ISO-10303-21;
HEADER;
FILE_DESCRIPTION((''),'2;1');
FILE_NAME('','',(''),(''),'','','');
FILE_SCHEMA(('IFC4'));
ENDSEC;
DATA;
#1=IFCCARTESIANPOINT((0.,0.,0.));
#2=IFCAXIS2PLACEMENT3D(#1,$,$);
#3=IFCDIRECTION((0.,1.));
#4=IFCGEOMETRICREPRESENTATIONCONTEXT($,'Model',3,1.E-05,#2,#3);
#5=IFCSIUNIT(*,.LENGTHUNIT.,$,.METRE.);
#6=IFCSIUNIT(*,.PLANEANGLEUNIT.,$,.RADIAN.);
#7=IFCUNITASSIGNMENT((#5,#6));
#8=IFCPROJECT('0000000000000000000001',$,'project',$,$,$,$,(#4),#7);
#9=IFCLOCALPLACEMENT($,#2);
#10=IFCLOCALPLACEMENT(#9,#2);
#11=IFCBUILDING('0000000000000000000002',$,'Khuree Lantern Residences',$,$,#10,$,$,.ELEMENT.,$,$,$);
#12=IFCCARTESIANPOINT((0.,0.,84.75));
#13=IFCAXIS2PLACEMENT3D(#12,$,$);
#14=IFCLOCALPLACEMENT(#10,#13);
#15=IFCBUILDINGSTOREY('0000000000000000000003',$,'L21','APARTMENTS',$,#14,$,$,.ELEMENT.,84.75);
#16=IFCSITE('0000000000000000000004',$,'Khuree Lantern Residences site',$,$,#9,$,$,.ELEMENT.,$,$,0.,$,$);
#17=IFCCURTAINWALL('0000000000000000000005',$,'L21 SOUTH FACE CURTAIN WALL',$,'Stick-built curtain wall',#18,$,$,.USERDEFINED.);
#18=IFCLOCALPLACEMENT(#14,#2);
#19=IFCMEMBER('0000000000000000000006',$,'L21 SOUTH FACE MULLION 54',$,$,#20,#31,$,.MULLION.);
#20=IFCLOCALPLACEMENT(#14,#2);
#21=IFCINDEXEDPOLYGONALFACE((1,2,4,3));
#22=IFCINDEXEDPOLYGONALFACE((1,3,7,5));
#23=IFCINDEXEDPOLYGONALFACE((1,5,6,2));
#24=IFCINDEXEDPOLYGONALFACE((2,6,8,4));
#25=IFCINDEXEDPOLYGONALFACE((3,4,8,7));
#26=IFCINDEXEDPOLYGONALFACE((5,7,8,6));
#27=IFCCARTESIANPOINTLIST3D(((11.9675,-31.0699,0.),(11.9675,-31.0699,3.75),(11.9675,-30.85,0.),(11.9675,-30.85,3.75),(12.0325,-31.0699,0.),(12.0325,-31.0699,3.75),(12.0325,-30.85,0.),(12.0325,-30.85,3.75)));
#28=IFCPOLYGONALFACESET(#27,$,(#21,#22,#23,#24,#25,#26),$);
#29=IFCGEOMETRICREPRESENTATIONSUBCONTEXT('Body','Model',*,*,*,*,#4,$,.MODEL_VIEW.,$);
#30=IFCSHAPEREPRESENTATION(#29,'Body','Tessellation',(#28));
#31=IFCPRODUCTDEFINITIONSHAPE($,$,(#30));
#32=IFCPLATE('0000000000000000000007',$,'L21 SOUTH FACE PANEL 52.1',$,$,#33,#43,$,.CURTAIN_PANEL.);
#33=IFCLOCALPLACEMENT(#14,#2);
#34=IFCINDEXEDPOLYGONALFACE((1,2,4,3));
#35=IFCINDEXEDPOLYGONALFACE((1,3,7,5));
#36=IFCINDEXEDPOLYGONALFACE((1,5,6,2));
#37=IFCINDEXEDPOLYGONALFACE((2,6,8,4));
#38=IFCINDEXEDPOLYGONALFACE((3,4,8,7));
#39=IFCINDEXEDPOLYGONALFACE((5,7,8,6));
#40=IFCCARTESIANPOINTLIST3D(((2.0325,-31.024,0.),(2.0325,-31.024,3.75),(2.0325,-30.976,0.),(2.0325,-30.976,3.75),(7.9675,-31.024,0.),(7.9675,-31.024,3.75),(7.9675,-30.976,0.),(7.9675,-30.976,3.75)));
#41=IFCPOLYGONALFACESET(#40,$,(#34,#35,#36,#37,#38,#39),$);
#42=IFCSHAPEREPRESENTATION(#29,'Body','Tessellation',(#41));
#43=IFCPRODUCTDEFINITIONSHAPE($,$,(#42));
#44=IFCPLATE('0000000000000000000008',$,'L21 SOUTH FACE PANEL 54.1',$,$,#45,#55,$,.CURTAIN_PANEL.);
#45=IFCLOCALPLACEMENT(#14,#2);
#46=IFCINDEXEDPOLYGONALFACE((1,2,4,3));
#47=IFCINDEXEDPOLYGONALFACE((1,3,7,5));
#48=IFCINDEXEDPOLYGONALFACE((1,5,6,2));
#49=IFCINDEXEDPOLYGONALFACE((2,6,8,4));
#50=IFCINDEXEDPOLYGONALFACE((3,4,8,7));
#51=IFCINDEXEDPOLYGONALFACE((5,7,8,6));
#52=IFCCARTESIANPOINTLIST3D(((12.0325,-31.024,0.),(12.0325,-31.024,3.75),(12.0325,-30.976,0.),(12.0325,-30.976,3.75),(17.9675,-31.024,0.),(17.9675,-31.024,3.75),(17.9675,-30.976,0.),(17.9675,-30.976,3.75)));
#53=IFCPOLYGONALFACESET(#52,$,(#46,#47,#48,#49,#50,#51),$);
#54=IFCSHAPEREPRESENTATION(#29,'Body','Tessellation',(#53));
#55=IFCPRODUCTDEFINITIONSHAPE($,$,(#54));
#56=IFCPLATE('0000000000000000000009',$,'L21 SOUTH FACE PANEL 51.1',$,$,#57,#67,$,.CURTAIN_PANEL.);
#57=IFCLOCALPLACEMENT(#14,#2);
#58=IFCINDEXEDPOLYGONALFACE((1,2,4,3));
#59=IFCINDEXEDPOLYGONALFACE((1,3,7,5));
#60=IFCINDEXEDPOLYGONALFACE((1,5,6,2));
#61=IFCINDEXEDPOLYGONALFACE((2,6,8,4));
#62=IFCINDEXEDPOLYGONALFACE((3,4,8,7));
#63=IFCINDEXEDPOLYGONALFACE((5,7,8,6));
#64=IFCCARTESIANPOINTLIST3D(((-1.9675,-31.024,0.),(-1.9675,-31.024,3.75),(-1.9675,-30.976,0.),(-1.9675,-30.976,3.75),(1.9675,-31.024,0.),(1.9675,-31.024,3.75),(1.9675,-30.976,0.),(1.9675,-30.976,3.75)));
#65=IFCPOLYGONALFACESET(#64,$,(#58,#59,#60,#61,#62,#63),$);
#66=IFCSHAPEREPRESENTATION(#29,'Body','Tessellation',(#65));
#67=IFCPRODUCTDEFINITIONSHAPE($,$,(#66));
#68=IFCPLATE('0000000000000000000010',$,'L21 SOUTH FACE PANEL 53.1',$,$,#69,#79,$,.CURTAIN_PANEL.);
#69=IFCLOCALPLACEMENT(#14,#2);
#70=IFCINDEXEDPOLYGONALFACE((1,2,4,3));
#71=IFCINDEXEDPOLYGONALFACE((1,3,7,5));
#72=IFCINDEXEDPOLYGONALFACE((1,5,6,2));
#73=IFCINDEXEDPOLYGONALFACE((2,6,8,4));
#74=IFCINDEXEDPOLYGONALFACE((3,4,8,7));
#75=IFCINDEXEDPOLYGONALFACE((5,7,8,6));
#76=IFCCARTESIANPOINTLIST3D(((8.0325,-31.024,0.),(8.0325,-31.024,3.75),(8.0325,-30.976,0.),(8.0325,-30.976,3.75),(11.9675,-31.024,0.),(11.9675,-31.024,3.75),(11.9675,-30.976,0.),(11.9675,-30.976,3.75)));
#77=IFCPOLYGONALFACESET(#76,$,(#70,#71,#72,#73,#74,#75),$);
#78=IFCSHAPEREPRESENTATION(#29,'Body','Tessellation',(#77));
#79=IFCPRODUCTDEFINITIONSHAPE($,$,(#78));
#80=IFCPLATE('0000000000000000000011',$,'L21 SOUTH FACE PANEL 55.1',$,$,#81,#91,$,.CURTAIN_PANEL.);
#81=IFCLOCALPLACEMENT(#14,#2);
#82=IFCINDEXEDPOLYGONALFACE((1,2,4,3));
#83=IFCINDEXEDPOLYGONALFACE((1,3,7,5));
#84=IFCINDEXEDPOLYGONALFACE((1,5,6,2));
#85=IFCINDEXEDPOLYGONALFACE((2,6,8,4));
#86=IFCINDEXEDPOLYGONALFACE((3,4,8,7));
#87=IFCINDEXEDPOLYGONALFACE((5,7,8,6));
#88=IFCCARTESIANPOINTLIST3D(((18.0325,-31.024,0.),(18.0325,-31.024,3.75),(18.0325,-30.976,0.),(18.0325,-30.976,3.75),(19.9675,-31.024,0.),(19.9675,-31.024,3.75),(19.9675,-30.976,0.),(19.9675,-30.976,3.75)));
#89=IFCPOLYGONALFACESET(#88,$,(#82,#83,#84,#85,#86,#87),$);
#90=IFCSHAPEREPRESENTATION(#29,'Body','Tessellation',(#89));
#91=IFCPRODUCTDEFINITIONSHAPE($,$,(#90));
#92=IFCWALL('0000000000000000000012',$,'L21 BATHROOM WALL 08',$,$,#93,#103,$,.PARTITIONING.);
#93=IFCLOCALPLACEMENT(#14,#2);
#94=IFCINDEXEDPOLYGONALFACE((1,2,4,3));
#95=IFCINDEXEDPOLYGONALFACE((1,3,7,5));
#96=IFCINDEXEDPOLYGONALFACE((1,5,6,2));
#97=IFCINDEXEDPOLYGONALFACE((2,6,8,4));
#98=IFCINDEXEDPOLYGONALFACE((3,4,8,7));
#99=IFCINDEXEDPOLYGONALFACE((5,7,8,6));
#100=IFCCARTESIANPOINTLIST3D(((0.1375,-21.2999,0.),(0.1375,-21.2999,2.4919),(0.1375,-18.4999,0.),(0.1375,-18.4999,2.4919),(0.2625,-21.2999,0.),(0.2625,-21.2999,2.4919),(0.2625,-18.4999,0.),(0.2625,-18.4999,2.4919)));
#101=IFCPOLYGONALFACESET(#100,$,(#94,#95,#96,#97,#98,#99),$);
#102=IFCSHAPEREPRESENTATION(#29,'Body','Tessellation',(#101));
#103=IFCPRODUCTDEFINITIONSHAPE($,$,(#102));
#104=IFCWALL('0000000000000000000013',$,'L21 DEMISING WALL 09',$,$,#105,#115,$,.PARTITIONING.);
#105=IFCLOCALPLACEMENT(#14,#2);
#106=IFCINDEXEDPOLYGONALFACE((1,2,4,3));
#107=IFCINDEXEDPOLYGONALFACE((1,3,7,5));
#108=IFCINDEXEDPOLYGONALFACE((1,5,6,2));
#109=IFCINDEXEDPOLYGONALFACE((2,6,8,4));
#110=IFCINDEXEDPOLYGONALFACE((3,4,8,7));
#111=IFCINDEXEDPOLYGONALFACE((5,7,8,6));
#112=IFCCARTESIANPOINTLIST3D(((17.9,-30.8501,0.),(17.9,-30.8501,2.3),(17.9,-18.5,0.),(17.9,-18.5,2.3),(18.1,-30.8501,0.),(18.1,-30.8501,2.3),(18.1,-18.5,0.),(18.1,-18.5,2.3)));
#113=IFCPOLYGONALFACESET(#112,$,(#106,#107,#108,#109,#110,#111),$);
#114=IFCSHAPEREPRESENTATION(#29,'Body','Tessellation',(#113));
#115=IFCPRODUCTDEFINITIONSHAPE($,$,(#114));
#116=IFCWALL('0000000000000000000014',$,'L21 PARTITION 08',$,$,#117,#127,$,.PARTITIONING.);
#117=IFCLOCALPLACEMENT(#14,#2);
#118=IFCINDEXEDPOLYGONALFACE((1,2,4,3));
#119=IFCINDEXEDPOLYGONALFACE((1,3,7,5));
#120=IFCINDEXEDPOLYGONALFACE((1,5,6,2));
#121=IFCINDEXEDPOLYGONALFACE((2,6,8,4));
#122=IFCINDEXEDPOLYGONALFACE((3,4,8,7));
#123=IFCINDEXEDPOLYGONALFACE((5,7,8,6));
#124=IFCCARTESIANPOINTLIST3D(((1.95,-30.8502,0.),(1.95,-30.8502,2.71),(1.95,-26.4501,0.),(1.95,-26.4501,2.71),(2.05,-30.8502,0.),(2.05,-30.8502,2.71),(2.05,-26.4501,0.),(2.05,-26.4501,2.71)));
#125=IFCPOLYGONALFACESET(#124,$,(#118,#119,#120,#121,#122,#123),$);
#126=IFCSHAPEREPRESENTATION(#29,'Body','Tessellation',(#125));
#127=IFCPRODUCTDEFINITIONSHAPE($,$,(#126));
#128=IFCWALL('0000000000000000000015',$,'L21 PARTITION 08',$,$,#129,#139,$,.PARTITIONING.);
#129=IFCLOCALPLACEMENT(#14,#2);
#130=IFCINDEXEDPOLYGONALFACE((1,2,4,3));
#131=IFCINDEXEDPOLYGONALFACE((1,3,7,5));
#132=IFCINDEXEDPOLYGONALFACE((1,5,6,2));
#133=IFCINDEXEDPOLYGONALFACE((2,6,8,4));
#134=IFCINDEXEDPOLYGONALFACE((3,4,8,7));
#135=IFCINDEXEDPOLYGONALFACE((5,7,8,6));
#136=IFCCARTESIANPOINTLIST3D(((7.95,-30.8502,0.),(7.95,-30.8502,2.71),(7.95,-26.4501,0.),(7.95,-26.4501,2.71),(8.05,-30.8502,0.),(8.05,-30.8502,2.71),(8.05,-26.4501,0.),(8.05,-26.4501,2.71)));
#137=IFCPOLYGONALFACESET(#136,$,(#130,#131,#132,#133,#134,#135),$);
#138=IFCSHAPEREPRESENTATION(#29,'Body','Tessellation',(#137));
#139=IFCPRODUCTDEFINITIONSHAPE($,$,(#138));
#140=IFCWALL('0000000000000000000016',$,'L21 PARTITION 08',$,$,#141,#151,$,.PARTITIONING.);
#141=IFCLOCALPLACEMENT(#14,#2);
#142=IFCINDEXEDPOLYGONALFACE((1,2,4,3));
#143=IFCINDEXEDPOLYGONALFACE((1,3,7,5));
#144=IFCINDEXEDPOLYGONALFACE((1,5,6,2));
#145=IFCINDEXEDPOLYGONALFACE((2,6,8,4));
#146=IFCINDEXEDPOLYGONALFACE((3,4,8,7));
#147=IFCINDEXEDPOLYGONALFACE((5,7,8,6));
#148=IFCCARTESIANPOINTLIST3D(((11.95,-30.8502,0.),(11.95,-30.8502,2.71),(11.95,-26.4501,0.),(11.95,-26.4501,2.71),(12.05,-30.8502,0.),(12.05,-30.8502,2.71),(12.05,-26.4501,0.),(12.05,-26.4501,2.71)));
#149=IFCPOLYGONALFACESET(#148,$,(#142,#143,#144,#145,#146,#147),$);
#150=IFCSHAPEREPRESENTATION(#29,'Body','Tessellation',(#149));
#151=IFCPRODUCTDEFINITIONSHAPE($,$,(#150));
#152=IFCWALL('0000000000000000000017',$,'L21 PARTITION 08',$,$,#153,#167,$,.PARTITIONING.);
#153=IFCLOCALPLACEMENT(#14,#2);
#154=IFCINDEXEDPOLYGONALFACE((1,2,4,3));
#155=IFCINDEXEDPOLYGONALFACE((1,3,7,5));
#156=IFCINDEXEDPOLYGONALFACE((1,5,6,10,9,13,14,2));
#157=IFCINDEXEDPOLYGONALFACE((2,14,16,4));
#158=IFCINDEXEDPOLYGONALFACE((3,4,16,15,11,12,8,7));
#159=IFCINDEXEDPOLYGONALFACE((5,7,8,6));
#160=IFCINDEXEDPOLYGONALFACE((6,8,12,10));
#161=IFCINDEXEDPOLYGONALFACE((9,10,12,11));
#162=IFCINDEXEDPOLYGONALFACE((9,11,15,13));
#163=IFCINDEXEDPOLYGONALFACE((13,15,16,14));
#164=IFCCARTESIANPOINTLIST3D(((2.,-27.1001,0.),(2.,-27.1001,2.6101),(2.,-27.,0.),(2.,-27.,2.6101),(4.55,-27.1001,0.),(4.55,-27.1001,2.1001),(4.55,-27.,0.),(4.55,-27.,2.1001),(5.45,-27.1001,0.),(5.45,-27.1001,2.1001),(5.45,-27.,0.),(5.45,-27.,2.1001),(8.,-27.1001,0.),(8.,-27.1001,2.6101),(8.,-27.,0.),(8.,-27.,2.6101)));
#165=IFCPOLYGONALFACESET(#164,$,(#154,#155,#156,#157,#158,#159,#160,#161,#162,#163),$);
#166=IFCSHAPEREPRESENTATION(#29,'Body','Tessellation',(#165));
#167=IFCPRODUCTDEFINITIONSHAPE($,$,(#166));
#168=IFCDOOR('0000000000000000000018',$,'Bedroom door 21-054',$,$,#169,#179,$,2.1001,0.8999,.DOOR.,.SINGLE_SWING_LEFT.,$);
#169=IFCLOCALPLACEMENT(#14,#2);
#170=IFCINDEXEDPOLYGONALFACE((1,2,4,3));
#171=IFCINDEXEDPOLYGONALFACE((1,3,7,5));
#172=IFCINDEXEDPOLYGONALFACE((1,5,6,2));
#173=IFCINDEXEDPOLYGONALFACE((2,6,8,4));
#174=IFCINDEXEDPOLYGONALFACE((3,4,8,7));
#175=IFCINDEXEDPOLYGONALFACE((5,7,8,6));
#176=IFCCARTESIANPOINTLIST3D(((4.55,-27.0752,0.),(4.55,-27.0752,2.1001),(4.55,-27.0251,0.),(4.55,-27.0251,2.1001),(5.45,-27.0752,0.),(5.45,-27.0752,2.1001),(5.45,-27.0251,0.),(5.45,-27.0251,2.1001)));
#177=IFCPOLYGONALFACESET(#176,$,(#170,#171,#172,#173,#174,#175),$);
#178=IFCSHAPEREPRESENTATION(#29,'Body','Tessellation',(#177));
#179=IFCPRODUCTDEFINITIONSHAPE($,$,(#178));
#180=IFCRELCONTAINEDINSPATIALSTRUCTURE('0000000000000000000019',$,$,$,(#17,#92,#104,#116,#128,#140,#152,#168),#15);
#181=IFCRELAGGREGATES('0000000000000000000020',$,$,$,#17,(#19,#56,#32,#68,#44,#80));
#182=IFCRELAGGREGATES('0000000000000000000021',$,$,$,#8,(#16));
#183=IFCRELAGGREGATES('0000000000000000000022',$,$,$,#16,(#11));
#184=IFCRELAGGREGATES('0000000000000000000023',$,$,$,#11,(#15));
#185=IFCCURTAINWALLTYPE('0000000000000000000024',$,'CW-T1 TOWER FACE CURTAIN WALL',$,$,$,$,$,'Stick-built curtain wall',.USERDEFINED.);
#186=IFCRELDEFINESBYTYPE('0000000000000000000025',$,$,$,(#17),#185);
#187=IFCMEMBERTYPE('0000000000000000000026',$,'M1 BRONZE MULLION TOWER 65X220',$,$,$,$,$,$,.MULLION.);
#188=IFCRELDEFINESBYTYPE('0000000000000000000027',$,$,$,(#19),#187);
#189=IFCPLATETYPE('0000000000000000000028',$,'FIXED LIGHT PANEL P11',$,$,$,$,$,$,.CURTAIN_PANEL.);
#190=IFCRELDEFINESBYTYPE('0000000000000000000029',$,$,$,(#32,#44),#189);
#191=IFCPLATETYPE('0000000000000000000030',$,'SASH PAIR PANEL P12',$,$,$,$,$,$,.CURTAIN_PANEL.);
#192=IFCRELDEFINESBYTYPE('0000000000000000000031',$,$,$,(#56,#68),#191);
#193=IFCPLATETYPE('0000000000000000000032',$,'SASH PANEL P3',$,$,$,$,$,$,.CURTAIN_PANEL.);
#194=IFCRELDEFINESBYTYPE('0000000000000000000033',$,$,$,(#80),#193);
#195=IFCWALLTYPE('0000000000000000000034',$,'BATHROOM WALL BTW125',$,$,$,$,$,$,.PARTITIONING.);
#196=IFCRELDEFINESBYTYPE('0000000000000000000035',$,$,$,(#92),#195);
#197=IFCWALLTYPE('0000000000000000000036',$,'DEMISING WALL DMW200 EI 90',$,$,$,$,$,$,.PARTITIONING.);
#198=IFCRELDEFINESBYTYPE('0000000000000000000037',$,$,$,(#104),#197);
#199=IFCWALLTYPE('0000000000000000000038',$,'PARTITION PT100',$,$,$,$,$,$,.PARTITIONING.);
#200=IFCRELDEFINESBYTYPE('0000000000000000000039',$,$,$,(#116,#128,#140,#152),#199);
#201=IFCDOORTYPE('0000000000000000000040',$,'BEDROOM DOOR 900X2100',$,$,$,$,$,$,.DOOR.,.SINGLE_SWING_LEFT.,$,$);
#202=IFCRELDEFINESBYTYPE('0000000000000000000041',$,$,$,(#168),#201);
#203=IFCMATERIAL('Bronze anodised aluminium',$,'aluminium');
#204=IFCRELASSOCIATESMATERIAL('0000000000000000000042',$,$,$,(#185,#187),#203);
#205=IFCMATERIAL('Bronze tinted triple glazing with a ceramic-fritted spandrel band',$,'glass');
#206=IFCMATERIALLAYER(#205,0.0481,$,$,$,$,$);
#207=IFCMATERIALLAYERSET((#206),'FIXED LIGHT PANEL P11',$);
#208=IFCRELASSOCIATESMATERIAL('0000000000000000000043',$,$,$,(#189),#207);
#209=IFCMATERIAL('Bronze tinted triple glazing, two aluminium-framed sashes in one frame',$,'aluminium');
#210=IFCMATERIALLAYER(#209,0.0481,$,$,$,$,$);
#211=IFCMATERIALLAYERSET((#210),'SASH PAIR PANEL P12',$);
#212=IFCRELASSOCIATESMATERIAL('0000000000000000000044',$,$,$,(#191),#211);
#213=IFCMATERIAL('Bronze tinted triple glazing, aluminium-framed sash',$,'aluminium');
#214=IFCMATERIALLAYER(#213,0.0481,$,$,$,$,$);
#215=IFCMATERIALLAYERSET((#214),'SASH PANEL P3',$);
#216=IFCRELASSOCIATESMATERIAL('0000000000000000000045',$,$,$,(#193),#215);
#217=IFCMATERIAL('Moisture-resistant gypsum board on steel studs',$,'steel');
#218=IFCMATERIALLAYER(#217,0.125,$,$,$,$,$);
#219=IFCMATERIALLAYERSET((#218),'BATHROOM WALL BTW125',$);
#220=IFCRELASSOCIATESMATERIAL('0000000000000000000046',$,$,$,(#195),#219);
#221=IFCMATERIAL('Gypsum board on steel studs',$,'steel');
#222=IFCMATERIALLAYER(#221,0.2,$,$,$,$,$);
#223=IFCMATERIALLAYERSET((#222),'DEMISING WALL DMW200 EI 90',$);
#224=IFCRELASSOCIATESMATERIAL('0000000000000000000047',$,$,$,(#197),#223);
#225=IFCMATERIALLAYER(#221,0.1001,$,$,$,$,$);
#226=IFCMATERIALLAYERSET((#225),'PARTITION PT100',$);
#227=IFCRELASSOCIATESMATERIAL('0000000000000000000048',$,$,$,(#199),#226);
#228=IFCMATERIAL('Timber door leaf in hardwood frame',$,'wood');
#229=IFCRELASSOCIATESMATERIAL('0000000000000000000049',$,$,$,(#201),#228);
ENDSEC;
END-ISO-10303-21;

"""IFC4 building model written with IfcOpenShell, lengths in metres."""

from ifc_helpers import new_model, si_unit, direction, frame, frame_2d, origin, origin_2d, place, context, subcontext, project, spatial, rectangle, extrude, material, layer, layer_set, material_profile, profile_set, type_object, element, fill, aggregate, save


model = new_model("IFC4")

# Units and contexts
model_context = context("Model", 3, precision=1e-05, world=origin(), true_north=direction((0.0, 1.0)))
body_context = subcontext(model_context, "Body", "Model", "MODEL_VIEW")
ifc_project = project(units=[si_unit("LENGTHUNIT", "METRE"), si_unit("PLANEANGLEUNIT", "RADIAN")], contexts=[model_context])

# Site, building, storey
site_placement = place(None, origin())
site = spatial("IfcSite", under=ifc_project, at=site_placement, Name="Khuree Lantern Residences site", CompositionType="ELEMENT", RefElevation=0.0)
building_placement = place(site_placement, origin())
building = spatial("IfcBuilding", under=site, at=building_placement, Name="Khuree Lantern Residences", CompositionType="ELEMENT")
storey_placement = place(building_placement, frame((0.0, 0.0, 84.75)))
storey = spatial("IfcBuildingStorey", under=building, at=storey_placement, Name="L21", Description="APARTMENTS", CompositionType="ELEMENT", Elevation=84.75)

# Curtain wall
ifc_material_1 = material(Name="Bronze anodised aluminium", Category="aluminium")
curtain_wall_type = type_object("IfcCurtainWallType", Name="CW-T1 TOWER FACE CURTAIN WALL", ElementType="Stick-built curtain wall", PredefinedType="USERDEFINED", material=ifc_material_1)
curtain_wall_placement = place(storey_placement, origin())
curtain_wall = element("IfcCurtainWall", 1, at=curtain_wall_placement, inside=storey, type_object=curtain_wall_type, Name="L21 SOUTH FACE CURTAIN WALL", ObjectType="Stick-built curtain wall", PredefinedType="USERDEFINED")

# Member
ifc_material_profile_1 = material_profile(ifc_material_1, rectangle(XDim=0.0649, YDim=0.22, at=origin_2d()), Name="M1 65X220")
ifc_profile_set_1 = profile_set([ifc_material_profile_1], Name="Bronze anodised aluminium")
member_type_1 = type_object("IfcMemberType", Name="M1 BRONZE MULLION TOWER 65X220", PredefinedType="MULLION", material=ifc_profile_set_1)
member_1_placement = place(storey_placement, frame((12.0, -30.96, 0.0), z_axis=(0.0, 0.0, 1.0), x_axis=(1.0, 0.0, 0.0)))
member_1 = element("IfcMember", 2, at=member_1_placement, type_object=member_type_1, Name="L21 SOUTH FACE MULLION 54", PredefinedType="MULLION", context=body_context, shape_type="SweptSolid", body=[
    extrude(rectangle(XDim=0.0649, YDim=0.22, at=origin_2d()), origin(), (0.0, 0.0, 1.0), 3.75),
])

# Plates
ifc_material_2 = material(Name="Bronze tinted triple glazing with a ceramic-fritted spandrel band", Category="glass")
ifc_layer_1 = layer(ifc_material_2, 0.0481)
ifc_layer_set_1 = layer_set([ifc_layer_1], Name="FIXED LIGHT PANEL P11")
plate_type_1 = type_object("IfcPlateType", Name="FIXED LIGHT PANEL P11", PredefinedType="CURTAIN_PANEL", material=ifc_layer_set_1)
plate_1_placement = place(storey_placement, frame((5.0, -31.0, 0.0), z_axis=(0.0, 0.0, 1.0), x_axis=(1.0, 0.0, 0.0)))
plate_1 = element("IfcPlate", 3, at=plate_1_placement, type_object=plate_type_1, Name="L21 SOUTH FACE PANEL 52.1", PredefinedType="CURTAIN_PANEL", context=body_context, shape_type="SweptSolid", body=[
    extrude(rectangle(XDim=5.9351, YDim=0.0481, at=origin_2d()), origin(), (0.0, 0.0, 1.0), 3.75),
])
plate_2_placement = place(storey_placement, frame((15.0, -31.0, 0.0), z_axis=(0.0, 0.0, 1.0), x_axis=(1.0, 0.0, 0.0)))
plate_2 = element("IfcPlate", 4, at=plate_2_placement, type_object=plate_type_1, Name="L21 SOUTH FACE PANEL 54.1", PredefinedType="CURTAIN_PANEL", context=body_context, shape_type="SweptSolid", body=[
    extrude(rectangle(XDim=5.9351, YDim=0.0481, at=origin_2d()), origin(), (0.0, 0.0, 1.0), 3.75),
])
ifc_material_3 = material(Name="Bronze tinted triple glazing, two aluminium-framed sashes in one frame", Category="aluminium")
ifc_layer_2 = layer(ifc_material_3, 0.0481)
ifc_layer_set_2 = layer_set([ifc_layer_2], Name="SASH PAIR PANEL P12")
plate_type_2 = type_object("IfcPlateType", Name="SASH PAIR PANEL P12", PredefinedType="CURTAIN_PANEL", material=ifc_layer_set_2)
plate_3_placement = place(storey_placement, frame((0.0, -31.0, 0.0), z_axis=(0.0, 0.0, 1.0), x_axis=(1.0, 0.0, 0.0)))
plate_3 = element("IfcPlate", 5, at=plate_3_placement, type_object=plate_type_2, Name="L21 SOUTH FACE PANEL 51.1", PredefinedType="CURTAIN_PANEL", context=body_context, shape_type="SweptSolid", body=[
    extrude(rectangle(XDim=3.9351, YDim=0.0481, at=origin_2d()), origin(), (0.0, 0.0, 1.0), 3.75),
])
plate_4_placement = place(storey_placement, frame((10.0, -31.0, 0.0), z_axis=(0.0, 0.0, 1.0), x_axis=(1.0, 0.0, 0.0)))
plate_4 = element("IfcPlate", 6, at=plate_4_placement, type_object=plate_type_2, Name="L21 SOUTH FACE PANEL 53.1", PredefinedType="CURTAIN_PANEL", context=body_context, shape_type="SweptSolid", body=[
    extrude(rectangle(XDim=3.9351, YDim=0.0481, at=origin_2d()), origin(), (0.0, 0.0, 1.0), 3.75),
])
ifc_material_4 = material(Name="Bronze tinted triple glazing, aluminium-framed sash", Category="aluminium")
ifc_layer_3 = layer(ifc_material_4, 0.0481)
ifc_layer_set_3 = layer_set([ifc_layer_3], Name="SASH PANEL P3")
plate_type_3 = type_object("IfcPlateType", Name="SASH PANEL P3", PredefinedType="CURTAIN_PANEL", material=ifc_layer_set_3)
plate_5_placement = place(storey_placement, frame((19.0, -31.0, 0.0), z_axis=(0.0, 0.0, 1.0), x_axis=(1.0, 0.0, 0.0)))
plate_5 = element("IfcPlate", 7, at=plate_5_placement, type_object=plate_type_3, Name="L21 SOUTH FACE PANEL 55.1", PredefinedType="CURTAIN_PANEL", context=body_context, shape_type="SweptSolid", body=[
    extrude(rectangle(XDim=1.9351, YDim=0.0481, at=origin_2d()), origin(), (0.0, 0.0, 1.0), 3.75),
])
aggregate(curtain_wall, [member_1, plate_3, plate_1, plate_4, plate_2, plate_5])

# Walls
ifc_material_5 = material(Name="Moisture-resistant gypsum board on steel studs", Category="steel")
ifc_layer_4 = layer(ifc_material_5, 0.125)
ifc_layer_set_4 = layer_set([ifc_layer_4], Name="BATHROOM WALL BTW125")
wall_type_1 = type_object("IfcWallType", Name="BATHROOM WALL BTW125", PredefinedType="PARTITIONING", material=ifc_layer_set_4)
wall_1_placement = place(storey_placement, frame((0.2, -18.5, 0.0), z_axis=(0.0, 0.0, 1.0), x_axis=(0.0, -1.0, 0.0)))
element("IfcWall", 8, at=wall_1_placement, inside=storey, type_object=wall_type_1, Name="L21 BATHROOM WALL 08", PredefinedType="PARTITIONING", context=body_context, shape_type="SweptSolid", body=[
    extrude(rectangle(XDim=2.8, YDim=0.125, at=frame_2d((1.3999, 0.0))), origin(), (0.0, 0.0, 1.0), 2.4919),
])
ifc_material_6 = material(Name="Gypsum board on steel studs", Category="steel")
ifc_layer_5 = layer(ifc_material_6, 0.2)
ifc_layer_set_5 = layer_set([ifc_layer_5], Name="DEMISING WALL DMW200 EI 90")
wall_type_2 = type_object("IfcWallType", Name="DEMISING WALL DMW200 EI 90", PredefinedType="PARTITIONING", material=ifc_layer_set_5)
wall_2_placement = place(storey_placement, frame((18.0, -18.5, 0.0), z_axis=(0.0, 0.0, 1.0), x_axis=(0.0, -1.0, 0.0)))
element("IfcWall", 9, at=wall_2_placement, inside=storey, type_object=wall_type_2, Name="L21 DEMISING WALL 09", PredefinedType="PARTITIONING", context=body_context, shape_type="SweptSolid", body=[
    extrude(rectangle(XDim=12.3501, YDim=0.2, at=frame_2d((6.175, 0.0))), origin(), (0.0, 0.0, 1.0), 2.3),
])
ifc_layer_6 = layer(ifc_material_6, 0.1001)
ifc_layer_set_6 = layer_set([ifc_layer_6], Name="PARTITION PT100")
wall_type_3 = type_object("IfcWallType", Name="PARTITION PT100", PredefinedType="PARTITIONING", material=ifc_layer_set_6)
for number, where, z_axis, x_axis, name in (
    (10, (2.0, -26.45, 0.0), (0.0, 0.0, 1.0), (0.0, -1.0, 0.0), "L21 PARTITION 08"),
    (11, (8.0, -26.45, 0.0), (0.0, 0.0, 1.0), (0.0, -1.0, 0.0), "L21 PARTITION 08"),
    (12, (12.0, -26.45, 0.0), (0.0, 0.0, 1.0), (0.0, -1.0, 0.0), "L21 PARTITION 08"),
):
    element("IfcWall", number, at=place(storey_placement, frame(where, z_axis=z_axis, x_axis=x_axis)), inside=storey, type_object=wall_type_3, Name=name, PredefinedType="PARTITIONING", context=body_context, shape_type="SweptSolid", body=[
        extrude(rectangle(XDim=4.4001, YDim=0.1001, at=frame_2d((2.2002, 0.0))), origin(), (0.0, 0.0, 1.0), 2.71),
    ])

# Wall, opening, door
wall_3_placement = place(storey_placement, frame((2.0, -27.05, 0.0), z_axis=(0.0, 0.0, 1.0), x_axis=(1.0, 0.0, 0.0)))
wall_3 = element("IfcWall", 13, at=wall_3_placement, inside=storey, type_object=wall_type_3, Name="L21 PARTITION 08", PredefinedType="PARTITIONING", context=body_context, shape_type="SweptSolid", body=[
    extrude(rectangle(XDim=6.0, YDim=0.1001, at=frame_2d((3.0, 0.0))), origin(), (0.0, 0.0, 1.0), 2.6101),
])
opening_1_placement = place(wall_3_placement, frame((2.55, 0.0, 0.0)))
opening_1 = element("IfcOpeningElement", 14, at=opening_1_placement, cuts=wall_3, PredefinedType="OPENING", context=body_context, shape_type="SweptSolid", body=[
    extrude(rectangle(XDim=0.8999, YDim=2.1001, at=frame_2d((0.45, 1.05))), frame((0.0, 0.0601, 0.0), z_axis=(0.0, -1.0, 0.0), x_axis=(1.0, 0.0, 0.0)), (0.0, 0.0, 1.0), 0.1201),
])
ifc_material_7 = material(Name="Timber door leaf in hardwood frame", Category="wood")
door_type_1 = type_object("IfcDoorType", Name="BEDROOM DOOR 900X2100", OperationType="SINGLE_SWING_LEFT", PredefinedType="DOOR", material=ifc_material_7)
door_1_placement = place(opening_1_placement, origin())
door_1 = element("IfcDoor", 15, at=door_1_placement, inside=storey, type_object=door_type_1, Name="Bedroom door 21-054", OperationType="SINGLE_SWING_LEFT", OverallHeight=2.1001, OverallWidth=0.8999, PredefinedType="DOOR", context=body_context, shape_type="SweptSolid", body=[
    extrude(rectangle(XDim=0.8999, YDim=2.1001, at=frame_2d((0.45, 1.05))), frame((0.0, 0.0249, 0.0), z_axis=(0.0, -1.0, 0.0), x_axis=(1.0, 0.0, 0.0)), (0.0, 0.0, 1.0), 0.05),
])
fill(opening_1, door_1)

save(model, "model.ifc")
